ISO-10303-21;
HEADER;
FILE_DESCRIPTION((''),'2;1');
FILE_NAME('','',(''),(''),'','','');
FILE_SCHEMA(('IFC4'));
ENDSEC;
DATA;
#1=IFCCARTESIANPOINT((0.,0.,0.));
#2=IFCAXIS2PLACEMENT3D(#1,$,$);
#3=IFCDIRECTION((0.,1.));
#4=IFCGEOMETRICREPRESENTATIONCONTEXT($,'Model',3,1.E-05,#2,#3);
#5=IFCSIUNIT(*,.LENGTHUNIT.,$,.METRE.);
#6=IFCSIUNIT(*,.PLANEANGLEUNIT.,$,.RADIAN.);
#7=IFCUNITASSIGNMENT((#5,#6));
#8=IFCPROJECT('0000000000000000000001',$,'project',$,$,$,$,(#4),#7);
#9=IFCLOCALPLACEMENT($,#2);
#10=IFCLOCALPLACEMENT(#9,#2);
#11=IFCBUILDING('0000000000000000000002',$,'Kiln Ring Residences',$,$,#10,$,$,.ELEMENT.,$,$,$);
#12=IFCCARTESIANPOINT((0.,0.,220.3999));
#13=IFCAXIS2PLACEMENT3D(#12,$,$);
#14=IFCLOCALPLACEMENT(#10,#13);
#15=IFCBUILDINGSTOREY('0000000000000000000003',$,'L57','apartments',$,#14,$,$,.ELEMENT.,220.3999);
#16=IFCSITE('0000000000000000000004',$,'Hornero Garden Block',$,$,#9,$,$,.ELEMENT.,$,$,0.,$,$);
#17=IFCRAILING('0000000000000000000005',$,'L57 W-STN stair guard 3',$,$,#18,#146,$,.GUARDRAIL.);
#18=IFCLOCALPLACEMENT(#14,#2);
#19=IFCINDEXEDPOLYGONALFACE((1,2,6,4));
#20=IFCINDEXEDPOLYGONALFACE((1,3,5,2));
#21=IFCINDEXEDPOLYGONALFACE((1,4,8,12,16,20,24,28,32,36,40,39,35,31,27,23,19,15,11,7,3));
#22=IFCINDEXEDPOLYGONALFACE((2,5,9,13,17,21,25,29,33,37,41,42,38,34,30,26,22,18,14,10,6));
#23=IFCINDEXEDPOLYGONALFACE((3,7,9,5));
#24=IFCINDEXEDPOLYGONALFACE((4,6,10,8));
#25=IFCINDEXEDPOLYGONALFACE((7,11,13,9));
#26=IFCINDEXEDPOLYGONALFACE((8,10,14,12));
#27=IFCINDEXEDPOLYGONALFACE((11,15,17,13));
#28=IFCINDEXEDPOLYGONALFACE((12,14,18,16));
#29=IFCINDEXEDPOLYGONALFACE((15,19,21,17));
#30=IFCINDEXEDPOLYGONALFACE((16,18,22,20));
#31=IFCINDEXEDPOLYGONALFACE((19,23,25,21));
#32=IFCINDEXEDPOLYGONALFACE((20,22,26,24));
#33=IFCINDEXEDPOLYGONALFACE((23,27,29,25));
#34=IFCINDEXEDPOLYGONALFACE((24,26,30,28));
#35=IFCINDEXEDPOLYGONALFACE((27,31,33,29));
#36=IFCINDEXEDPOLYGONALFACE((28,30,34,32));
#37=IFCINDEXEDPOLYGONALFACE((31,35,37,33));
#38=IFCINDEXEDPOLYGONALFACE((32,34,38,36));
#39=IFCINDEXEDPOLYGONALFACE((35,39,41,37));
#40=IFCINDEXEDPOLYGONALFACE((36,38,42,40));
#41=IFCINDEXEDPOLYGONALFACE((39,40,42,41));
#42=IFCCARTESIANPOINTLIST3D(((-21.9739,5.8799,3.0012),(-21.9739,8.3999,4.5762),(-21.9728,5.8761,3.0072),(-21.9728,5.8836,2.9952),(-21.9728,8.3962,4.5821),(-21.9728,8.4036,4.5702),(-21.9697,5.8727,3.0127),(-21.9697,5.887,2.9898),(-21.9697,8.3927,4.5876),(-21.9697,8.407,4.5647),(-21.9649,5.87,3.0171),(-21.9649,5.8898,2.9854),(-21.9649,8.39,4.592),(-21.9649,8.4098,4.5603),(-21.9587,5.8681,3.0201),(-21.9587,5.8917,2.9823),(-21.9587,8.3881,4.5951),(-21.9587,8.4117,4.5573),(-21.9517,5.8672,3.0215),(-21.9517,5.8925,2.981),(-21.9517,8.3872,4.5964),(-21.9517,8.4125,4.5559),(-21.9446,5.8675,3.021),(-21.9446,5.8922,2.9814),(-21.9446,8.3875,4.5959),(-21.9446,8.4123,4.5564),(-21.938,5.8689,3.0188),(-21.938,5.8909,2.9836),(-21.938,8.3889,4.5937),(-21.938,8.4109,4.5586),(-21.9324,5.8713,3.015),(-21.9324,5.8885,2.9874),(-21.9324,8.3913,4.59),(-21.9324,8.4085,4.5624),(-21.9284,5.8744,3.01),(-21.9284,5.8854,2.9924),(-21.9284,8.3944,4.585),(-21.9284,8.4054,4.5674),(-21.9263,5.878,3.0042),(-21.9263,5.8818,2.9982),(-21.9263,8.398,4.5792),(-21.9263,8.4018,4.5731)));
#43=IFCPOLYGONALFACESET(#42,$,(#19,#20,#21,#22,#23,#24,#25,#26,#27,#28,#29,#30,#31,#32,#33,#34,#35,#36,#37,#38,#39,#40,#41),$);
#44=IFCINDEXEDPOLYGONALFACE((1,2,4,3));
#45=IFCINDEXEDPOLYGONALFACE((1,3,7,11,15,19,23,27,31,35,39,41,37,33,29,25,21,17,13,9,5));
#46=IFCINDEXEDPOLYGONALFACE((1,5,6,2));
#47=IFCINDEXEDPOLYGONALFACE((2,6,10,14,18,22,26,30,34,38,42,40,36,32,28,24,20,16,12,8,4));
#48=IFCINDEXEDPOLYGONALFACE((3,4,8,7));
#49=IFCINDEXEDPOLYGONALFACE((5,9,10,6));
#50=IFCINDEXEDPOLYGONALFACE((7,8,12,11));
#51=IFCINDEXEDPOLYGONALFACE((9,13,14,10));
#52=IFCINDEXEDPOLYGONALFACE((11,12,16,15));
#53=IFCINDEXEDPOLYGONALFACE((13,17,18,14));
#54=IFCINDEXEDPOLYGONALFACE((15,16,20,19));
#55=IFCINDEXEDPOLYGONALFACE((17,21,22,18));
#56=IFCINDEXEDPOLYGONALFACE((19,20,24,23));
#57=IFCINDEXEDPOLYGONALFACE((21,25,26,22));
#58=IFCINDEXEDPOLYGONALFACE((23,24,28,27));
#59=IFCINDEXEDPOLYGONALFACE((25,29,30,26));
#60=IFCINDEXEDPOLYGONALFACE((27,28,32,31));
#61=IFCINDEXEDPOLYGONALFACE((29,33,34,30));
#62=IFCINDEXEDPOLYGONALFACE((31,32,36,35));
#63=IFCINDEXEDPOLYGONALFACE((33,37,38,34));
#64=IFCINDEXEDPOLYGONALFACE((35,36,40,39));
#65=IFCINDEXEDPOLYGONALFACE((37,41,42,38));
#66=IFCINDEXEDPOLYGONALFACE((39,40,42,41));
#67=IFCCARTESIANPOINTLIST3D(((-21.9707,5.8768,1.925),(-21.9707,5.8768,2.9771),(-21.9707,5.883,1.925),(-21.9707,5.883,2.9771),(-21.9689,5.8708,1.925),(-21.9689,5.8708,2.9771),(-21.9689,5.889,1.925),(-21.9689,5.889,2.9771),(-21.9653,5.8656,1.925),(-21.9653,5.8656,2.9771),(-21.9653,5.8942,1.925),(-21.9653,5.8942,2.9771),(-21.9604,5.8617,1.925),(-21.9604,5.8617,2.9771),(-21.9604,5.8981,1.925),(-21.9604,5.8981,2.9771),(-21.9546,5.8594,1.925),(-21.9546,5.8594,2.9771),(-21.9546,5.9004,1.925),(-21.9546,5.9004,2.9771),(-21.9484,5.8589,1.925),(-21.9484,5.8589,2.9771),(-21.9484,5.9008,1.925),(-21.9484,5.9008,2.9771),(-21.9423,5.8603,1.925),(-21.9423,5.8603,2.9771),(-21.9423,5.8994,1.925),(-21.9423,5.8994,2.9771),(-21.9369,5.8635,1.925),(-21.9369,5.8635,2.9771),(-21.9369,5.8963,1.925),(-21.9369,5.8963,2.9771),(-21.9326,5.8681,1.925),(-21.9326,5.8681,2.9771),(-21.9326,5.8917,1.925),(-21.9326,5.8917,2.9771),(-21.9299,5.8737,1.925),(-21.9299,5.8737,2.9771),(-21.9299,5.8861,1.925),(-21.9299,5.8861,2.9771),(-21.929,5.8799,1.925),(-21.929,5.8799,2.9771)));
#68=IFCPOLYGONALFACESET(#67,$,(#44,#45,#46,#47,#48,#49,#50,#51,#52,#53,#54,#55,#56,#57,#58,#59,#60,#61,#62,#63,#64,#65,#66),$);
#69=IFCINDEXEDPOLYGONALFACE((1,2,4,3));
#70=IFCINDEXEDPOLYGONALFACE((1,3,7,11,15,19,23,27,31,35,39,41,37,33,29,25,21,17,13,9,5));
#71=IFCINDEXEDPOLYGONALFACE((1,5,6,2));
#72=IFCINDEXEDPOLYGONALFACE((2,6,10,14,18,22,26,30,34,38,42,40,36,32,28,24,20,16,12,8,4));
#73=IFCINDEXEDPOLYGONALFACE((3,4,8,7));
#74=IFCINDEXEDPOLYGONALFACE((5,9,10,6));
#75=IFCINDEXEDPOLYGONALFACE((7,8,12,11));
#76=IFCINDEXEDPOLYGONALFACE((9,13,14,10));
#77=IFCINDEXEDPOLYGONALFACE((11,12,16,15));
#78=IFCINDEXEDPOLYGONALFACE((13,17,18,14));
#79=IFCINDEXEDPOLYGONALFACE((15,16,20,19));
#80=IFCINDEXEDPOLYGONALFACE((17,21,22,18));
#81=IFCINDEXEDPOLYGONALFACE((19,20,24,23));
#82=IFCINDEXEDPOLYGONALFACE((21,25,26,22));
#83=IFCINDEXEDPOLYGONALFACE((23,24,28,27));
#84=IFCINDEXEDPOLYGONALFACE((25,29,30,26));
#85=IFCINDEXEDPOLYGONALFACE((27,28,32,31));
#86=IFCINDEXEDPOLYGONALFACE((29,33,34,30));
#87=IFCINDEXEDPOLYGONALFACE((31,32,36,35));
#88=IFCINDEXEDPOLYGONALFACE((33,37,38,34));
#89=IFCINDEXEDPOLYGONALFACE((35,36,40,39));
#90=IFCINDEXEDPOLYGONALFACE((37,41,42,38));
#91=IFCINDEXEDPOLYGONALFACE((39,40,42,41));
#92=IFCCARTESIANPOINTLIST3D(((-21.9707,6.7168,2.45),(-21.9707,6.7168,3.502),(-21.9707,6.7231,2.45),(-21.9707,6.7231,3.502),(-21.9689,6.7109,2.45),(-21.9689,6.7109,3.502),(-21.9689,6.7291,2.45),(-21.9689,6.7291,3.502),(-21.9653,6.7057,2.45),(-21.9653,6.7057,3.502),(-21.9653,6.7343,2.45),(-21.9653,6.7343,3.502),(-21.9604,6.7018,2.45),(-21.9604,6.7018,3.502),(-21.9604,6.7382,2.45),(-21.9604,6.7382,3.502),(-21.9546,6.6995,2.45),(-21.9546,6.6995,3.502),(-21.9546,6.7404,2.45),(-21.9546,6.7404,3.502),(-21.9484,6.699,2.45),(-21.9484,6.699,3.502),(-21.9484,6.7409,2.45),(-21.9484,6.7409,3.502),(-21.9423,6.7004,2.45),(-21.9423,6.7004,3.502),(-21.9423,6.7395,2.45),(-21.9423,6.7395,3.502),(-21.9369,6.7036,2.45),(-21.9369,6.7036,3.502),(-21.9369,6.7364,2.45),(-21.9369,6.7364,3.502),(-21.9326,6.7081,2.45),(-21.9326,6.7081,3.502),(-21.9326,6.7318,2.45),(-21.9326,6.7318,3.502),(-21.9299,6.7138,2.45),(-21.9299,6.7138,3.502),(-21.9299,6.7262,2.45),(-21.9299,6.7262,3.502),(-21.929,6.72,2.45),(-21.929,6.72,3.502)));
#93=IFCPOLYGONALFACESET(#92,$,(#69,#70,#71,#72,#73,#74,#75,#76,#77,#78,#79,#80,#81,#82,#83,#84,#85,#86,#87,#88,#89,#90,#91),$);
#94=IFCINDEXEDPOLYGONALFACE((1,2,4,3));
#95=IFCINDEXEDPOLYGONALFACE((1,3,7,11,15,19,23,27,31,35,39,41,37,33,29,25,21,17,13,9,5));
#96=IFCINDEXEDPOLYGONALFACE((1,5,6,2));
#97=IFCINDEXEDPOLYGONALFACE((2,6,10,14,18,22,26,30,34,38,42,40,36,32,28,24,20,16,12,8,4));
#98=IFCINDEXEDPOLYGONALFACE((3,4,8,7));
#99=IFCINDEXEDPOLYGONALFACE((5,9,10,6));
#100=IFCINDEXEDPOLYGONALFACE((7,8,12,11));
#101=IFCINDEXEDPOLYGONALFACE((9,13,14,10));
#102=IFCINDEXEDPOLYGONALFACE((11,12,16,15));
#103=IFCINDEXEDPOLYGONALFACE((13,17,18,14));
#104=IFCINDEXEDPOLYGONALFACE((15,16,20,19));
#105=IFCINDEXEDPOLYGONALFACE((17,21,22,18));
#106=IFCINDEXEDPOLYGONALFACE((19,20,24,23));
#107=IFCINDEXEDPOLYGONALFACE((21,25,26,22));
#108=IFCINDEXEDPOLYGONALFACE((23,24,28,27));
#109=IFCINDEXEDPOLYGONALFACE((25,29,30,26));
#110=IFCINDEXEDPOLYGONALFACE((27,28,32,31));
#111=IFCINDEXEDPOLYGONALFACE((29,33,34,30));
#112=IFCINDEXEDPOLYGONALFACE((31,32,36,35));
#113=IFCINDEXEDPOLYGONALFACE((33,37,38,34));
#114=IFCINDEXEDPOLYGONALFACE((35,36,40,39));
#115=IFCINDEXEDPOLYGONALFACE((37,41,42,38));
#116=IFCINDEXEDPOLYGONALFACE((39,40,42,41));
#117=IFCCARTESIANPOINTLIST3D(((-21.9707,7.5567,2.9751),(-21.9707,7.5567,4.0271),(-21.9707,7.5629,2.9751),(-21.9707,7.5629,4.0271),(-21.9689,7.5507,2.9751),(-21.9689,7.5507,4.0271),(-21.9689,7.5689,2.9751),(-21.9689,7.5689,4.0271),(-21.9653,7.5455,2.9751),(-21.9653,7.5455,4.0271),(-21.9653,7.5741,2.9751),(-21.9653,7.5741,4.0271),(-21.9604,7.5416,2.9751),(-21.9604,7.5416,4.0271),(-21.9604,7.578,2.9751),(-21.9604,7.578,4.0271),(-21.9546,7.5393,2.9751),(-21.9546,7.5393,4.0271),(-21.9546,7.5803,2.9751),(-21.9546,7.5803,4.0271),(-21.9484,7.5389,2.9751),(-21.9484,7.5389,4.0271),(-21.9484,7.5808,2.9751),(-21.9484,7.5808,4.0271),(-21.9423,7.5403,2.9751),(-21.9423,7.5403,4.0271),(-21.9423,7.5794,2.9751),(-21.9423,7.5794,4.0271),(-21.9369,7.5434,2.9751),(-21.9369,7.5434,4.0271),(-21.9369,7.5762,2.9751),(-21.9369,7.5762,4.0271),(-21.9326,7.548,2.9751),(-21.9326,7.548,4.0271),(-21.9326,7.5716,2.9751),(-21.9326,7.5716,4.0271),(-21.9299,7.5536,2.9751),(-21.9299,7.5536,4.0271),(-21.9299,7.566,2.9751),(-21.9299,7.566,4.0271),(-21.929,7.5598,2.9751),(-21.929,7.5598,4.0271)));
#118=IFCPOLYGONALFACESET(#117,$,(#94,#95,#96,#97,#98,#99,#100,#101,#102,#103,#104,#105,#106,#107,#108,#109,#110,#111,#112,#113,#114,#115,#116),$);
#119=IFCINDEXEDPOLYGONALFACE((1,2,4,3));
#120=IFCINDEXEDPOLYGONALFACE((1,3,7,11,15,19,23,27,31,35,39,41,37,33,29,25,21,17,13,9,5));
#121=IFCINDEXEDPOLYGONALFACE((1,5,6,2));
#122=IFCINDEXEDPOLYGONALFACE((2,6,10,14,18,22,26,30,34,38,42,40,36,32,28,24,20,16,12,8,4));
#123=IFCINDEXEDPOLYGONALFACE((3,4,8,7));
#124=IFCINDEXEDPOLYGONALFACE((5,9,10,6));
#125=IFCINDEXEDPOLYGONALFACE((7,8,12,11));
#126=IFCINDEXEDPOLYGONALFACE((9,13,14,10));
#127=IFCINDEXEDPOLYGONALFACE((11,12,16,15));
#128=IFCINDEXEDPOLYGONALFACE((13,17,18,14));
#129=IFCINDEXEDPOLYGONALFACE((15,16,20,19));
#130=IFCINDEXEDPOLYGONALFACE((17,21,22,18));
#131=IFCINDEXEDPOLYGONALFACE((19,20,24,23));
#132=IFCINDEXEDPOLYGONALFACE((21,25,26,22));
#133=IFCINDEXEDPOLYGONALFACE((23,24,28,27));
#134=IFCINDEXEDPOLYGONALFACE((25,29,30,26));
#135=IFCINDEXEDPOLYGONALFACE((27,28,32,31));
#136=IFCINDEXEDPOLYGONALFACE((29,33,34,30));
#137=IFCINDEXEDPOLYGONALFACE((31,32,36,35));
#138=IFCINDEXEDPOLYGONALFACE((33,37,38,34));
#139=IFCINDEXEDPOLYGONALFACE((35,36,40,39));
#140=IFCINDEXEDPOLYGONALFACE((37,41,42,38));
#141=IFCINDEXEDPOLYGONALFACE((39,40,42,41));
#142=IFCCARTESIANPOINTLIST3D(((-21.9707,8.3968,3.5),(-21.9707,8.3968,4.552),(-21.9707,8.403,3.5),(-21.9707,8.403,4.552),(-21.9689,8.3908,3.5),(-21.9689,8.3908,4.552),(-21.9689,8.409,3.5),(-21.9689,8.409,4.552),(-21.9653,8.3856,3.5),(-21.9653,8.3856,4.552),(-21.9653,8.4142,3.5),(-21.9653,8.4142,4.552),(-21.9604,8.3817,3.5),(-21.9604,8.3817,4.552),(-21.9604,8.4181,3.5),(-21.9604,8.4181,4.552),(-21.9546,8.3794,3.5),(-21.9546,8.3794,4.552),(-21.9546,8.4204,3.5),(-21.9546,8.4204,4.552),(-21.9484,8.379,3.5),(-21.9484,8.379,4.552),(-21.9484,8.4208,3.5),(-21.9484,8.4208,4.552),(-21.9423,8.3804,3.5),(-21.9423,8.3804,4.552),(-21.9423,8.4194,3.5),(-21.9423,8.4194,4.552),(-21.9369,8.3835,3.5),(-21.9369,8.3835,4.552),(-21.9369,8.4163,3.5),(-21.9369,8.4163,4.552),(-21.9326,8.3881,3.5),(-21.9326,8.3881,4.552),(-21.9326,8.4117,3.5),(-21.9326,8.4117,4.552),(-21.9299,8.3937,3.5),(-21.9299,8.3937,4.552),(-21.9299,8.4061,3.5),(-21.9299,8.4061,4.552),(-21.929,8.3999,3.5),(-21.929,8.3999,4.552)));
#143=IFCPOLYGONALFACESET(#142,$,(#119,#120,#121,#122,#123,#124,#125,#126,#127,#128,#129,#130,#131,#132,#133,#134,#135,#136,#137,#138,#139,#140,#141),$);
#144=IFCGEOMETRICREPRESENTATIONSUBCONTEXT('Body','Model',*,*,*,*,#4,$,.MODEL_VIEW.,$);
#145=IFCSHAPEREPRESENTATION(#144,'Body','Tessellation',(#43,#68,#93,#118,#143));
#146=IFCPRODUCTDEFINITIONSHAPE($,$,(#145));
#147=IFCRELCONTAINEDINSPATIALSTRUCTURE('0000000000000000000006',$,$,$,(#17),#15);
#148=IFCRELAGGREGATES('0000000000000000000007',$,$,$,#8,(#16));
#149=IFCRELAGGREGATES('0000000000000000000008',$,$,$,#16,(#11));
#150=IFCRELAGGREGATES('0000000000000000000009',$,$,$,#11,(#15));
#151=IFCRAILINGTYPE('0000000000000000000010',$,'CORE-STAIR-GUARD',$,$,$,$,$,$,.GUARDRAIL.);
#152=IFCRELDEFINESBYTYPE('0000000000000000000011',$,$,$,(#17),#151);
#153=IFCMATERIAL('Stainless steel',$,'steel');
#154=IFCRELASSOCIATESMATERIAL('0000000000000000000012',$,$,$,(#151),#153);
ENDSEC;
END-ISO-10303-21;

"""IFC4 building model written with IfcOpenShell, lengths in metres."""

from ifc_helpers import new_model, si_unit, direction, frame, origin, origin_2d, place, context, subcontext, project, spatial, circle, extrude, material, type_object, element, save


model = new_model("IFC4")

# Units and contexts
model_context = context("Model", 3, precision=1e-05, world=origin(), true_north=direction((0.0, 1.0)))
body_context = subcontext(model_context, "Body", "Model", "MODEL_VIEW")
ifc_project = project(units=[si_unit("LENGTHUNIT", "METRE"), si_unit("PLANEANGLEUNIT", "RADIAN")], contexts=[model_context])

# Site, building, storey
site_placement = place(None, origin())
site = spatial("IfcSite", under=ifc_project, at=site_placement, Name="Hornero Garden Block", CompositionType="ELEMENT", RefElevation=0.0)
building_placement = place(site_placement, origin())
building = spatial("IfcBuilding", under=site, at=building_placement, Name="Kiln Ring Residences", CompositionType="ELEMENT")
storey_placement = place(building_placement, frame((0.0, 0.0, 220.3999)))
storey = spatial("IfcBuildingStorey", under=building, at=storey_placement, Name="L57", Description="apartments", CompositionType="ELEMENT", Elevation=220.3999)

# Railing
ifc_material_1 = material(Name="Stainless steel", Category="steel")
railing_type_1 = type_object("IfcRailingType", Name="CORE-STAIR-GUARD", PredefinedType="GUARDRAIL", material=ifc_material_1)
railing_1_placement = place(storey_placement, frame((-21.95, 5.8799, 1.925)))
element("IfcRailing", 1, at=railing_1_placement, inside=storey, type_object=railing_type_1, Name="L57 W-STN stair guard 3", PredefinedType="GUARDRAIL", context=body_context, shape_type="SweptSolid", body=[
    extrude(circle(Radius=0.0239, at=origin_2d()), frame((0.0, 0.0, 1.0762), z_axis=(0.0, 0.848008, 0.529984), x_axis=(-1.0, 0.0, 0.0)), (0.0, 0.0, 1.0), 2.9717),
    extrude(circle(Radius=0.021, at=origin_2d()), origin(), (0.0, 0.0, 1.0), 1.052),
    extrude(circle(Radius=0.021, at=origin_2d()), frame((0.0, 0.8401, 0.5249)), (0.0, 0.0, 1.0), 1.052),
    extrude(circle(Radius=0.021, at=origin_2d()), frame((0.0, 1.6799, 1.05)), (0.0, 0.0, 1.0), 1.052),
    extrude(circle(Radius=0.021, at=origin_2d()), frame((0.0, 2.52, 1.575)), (0.0, 0.0, 1.0), 1.052),
])

save(model, "model.ifc")
